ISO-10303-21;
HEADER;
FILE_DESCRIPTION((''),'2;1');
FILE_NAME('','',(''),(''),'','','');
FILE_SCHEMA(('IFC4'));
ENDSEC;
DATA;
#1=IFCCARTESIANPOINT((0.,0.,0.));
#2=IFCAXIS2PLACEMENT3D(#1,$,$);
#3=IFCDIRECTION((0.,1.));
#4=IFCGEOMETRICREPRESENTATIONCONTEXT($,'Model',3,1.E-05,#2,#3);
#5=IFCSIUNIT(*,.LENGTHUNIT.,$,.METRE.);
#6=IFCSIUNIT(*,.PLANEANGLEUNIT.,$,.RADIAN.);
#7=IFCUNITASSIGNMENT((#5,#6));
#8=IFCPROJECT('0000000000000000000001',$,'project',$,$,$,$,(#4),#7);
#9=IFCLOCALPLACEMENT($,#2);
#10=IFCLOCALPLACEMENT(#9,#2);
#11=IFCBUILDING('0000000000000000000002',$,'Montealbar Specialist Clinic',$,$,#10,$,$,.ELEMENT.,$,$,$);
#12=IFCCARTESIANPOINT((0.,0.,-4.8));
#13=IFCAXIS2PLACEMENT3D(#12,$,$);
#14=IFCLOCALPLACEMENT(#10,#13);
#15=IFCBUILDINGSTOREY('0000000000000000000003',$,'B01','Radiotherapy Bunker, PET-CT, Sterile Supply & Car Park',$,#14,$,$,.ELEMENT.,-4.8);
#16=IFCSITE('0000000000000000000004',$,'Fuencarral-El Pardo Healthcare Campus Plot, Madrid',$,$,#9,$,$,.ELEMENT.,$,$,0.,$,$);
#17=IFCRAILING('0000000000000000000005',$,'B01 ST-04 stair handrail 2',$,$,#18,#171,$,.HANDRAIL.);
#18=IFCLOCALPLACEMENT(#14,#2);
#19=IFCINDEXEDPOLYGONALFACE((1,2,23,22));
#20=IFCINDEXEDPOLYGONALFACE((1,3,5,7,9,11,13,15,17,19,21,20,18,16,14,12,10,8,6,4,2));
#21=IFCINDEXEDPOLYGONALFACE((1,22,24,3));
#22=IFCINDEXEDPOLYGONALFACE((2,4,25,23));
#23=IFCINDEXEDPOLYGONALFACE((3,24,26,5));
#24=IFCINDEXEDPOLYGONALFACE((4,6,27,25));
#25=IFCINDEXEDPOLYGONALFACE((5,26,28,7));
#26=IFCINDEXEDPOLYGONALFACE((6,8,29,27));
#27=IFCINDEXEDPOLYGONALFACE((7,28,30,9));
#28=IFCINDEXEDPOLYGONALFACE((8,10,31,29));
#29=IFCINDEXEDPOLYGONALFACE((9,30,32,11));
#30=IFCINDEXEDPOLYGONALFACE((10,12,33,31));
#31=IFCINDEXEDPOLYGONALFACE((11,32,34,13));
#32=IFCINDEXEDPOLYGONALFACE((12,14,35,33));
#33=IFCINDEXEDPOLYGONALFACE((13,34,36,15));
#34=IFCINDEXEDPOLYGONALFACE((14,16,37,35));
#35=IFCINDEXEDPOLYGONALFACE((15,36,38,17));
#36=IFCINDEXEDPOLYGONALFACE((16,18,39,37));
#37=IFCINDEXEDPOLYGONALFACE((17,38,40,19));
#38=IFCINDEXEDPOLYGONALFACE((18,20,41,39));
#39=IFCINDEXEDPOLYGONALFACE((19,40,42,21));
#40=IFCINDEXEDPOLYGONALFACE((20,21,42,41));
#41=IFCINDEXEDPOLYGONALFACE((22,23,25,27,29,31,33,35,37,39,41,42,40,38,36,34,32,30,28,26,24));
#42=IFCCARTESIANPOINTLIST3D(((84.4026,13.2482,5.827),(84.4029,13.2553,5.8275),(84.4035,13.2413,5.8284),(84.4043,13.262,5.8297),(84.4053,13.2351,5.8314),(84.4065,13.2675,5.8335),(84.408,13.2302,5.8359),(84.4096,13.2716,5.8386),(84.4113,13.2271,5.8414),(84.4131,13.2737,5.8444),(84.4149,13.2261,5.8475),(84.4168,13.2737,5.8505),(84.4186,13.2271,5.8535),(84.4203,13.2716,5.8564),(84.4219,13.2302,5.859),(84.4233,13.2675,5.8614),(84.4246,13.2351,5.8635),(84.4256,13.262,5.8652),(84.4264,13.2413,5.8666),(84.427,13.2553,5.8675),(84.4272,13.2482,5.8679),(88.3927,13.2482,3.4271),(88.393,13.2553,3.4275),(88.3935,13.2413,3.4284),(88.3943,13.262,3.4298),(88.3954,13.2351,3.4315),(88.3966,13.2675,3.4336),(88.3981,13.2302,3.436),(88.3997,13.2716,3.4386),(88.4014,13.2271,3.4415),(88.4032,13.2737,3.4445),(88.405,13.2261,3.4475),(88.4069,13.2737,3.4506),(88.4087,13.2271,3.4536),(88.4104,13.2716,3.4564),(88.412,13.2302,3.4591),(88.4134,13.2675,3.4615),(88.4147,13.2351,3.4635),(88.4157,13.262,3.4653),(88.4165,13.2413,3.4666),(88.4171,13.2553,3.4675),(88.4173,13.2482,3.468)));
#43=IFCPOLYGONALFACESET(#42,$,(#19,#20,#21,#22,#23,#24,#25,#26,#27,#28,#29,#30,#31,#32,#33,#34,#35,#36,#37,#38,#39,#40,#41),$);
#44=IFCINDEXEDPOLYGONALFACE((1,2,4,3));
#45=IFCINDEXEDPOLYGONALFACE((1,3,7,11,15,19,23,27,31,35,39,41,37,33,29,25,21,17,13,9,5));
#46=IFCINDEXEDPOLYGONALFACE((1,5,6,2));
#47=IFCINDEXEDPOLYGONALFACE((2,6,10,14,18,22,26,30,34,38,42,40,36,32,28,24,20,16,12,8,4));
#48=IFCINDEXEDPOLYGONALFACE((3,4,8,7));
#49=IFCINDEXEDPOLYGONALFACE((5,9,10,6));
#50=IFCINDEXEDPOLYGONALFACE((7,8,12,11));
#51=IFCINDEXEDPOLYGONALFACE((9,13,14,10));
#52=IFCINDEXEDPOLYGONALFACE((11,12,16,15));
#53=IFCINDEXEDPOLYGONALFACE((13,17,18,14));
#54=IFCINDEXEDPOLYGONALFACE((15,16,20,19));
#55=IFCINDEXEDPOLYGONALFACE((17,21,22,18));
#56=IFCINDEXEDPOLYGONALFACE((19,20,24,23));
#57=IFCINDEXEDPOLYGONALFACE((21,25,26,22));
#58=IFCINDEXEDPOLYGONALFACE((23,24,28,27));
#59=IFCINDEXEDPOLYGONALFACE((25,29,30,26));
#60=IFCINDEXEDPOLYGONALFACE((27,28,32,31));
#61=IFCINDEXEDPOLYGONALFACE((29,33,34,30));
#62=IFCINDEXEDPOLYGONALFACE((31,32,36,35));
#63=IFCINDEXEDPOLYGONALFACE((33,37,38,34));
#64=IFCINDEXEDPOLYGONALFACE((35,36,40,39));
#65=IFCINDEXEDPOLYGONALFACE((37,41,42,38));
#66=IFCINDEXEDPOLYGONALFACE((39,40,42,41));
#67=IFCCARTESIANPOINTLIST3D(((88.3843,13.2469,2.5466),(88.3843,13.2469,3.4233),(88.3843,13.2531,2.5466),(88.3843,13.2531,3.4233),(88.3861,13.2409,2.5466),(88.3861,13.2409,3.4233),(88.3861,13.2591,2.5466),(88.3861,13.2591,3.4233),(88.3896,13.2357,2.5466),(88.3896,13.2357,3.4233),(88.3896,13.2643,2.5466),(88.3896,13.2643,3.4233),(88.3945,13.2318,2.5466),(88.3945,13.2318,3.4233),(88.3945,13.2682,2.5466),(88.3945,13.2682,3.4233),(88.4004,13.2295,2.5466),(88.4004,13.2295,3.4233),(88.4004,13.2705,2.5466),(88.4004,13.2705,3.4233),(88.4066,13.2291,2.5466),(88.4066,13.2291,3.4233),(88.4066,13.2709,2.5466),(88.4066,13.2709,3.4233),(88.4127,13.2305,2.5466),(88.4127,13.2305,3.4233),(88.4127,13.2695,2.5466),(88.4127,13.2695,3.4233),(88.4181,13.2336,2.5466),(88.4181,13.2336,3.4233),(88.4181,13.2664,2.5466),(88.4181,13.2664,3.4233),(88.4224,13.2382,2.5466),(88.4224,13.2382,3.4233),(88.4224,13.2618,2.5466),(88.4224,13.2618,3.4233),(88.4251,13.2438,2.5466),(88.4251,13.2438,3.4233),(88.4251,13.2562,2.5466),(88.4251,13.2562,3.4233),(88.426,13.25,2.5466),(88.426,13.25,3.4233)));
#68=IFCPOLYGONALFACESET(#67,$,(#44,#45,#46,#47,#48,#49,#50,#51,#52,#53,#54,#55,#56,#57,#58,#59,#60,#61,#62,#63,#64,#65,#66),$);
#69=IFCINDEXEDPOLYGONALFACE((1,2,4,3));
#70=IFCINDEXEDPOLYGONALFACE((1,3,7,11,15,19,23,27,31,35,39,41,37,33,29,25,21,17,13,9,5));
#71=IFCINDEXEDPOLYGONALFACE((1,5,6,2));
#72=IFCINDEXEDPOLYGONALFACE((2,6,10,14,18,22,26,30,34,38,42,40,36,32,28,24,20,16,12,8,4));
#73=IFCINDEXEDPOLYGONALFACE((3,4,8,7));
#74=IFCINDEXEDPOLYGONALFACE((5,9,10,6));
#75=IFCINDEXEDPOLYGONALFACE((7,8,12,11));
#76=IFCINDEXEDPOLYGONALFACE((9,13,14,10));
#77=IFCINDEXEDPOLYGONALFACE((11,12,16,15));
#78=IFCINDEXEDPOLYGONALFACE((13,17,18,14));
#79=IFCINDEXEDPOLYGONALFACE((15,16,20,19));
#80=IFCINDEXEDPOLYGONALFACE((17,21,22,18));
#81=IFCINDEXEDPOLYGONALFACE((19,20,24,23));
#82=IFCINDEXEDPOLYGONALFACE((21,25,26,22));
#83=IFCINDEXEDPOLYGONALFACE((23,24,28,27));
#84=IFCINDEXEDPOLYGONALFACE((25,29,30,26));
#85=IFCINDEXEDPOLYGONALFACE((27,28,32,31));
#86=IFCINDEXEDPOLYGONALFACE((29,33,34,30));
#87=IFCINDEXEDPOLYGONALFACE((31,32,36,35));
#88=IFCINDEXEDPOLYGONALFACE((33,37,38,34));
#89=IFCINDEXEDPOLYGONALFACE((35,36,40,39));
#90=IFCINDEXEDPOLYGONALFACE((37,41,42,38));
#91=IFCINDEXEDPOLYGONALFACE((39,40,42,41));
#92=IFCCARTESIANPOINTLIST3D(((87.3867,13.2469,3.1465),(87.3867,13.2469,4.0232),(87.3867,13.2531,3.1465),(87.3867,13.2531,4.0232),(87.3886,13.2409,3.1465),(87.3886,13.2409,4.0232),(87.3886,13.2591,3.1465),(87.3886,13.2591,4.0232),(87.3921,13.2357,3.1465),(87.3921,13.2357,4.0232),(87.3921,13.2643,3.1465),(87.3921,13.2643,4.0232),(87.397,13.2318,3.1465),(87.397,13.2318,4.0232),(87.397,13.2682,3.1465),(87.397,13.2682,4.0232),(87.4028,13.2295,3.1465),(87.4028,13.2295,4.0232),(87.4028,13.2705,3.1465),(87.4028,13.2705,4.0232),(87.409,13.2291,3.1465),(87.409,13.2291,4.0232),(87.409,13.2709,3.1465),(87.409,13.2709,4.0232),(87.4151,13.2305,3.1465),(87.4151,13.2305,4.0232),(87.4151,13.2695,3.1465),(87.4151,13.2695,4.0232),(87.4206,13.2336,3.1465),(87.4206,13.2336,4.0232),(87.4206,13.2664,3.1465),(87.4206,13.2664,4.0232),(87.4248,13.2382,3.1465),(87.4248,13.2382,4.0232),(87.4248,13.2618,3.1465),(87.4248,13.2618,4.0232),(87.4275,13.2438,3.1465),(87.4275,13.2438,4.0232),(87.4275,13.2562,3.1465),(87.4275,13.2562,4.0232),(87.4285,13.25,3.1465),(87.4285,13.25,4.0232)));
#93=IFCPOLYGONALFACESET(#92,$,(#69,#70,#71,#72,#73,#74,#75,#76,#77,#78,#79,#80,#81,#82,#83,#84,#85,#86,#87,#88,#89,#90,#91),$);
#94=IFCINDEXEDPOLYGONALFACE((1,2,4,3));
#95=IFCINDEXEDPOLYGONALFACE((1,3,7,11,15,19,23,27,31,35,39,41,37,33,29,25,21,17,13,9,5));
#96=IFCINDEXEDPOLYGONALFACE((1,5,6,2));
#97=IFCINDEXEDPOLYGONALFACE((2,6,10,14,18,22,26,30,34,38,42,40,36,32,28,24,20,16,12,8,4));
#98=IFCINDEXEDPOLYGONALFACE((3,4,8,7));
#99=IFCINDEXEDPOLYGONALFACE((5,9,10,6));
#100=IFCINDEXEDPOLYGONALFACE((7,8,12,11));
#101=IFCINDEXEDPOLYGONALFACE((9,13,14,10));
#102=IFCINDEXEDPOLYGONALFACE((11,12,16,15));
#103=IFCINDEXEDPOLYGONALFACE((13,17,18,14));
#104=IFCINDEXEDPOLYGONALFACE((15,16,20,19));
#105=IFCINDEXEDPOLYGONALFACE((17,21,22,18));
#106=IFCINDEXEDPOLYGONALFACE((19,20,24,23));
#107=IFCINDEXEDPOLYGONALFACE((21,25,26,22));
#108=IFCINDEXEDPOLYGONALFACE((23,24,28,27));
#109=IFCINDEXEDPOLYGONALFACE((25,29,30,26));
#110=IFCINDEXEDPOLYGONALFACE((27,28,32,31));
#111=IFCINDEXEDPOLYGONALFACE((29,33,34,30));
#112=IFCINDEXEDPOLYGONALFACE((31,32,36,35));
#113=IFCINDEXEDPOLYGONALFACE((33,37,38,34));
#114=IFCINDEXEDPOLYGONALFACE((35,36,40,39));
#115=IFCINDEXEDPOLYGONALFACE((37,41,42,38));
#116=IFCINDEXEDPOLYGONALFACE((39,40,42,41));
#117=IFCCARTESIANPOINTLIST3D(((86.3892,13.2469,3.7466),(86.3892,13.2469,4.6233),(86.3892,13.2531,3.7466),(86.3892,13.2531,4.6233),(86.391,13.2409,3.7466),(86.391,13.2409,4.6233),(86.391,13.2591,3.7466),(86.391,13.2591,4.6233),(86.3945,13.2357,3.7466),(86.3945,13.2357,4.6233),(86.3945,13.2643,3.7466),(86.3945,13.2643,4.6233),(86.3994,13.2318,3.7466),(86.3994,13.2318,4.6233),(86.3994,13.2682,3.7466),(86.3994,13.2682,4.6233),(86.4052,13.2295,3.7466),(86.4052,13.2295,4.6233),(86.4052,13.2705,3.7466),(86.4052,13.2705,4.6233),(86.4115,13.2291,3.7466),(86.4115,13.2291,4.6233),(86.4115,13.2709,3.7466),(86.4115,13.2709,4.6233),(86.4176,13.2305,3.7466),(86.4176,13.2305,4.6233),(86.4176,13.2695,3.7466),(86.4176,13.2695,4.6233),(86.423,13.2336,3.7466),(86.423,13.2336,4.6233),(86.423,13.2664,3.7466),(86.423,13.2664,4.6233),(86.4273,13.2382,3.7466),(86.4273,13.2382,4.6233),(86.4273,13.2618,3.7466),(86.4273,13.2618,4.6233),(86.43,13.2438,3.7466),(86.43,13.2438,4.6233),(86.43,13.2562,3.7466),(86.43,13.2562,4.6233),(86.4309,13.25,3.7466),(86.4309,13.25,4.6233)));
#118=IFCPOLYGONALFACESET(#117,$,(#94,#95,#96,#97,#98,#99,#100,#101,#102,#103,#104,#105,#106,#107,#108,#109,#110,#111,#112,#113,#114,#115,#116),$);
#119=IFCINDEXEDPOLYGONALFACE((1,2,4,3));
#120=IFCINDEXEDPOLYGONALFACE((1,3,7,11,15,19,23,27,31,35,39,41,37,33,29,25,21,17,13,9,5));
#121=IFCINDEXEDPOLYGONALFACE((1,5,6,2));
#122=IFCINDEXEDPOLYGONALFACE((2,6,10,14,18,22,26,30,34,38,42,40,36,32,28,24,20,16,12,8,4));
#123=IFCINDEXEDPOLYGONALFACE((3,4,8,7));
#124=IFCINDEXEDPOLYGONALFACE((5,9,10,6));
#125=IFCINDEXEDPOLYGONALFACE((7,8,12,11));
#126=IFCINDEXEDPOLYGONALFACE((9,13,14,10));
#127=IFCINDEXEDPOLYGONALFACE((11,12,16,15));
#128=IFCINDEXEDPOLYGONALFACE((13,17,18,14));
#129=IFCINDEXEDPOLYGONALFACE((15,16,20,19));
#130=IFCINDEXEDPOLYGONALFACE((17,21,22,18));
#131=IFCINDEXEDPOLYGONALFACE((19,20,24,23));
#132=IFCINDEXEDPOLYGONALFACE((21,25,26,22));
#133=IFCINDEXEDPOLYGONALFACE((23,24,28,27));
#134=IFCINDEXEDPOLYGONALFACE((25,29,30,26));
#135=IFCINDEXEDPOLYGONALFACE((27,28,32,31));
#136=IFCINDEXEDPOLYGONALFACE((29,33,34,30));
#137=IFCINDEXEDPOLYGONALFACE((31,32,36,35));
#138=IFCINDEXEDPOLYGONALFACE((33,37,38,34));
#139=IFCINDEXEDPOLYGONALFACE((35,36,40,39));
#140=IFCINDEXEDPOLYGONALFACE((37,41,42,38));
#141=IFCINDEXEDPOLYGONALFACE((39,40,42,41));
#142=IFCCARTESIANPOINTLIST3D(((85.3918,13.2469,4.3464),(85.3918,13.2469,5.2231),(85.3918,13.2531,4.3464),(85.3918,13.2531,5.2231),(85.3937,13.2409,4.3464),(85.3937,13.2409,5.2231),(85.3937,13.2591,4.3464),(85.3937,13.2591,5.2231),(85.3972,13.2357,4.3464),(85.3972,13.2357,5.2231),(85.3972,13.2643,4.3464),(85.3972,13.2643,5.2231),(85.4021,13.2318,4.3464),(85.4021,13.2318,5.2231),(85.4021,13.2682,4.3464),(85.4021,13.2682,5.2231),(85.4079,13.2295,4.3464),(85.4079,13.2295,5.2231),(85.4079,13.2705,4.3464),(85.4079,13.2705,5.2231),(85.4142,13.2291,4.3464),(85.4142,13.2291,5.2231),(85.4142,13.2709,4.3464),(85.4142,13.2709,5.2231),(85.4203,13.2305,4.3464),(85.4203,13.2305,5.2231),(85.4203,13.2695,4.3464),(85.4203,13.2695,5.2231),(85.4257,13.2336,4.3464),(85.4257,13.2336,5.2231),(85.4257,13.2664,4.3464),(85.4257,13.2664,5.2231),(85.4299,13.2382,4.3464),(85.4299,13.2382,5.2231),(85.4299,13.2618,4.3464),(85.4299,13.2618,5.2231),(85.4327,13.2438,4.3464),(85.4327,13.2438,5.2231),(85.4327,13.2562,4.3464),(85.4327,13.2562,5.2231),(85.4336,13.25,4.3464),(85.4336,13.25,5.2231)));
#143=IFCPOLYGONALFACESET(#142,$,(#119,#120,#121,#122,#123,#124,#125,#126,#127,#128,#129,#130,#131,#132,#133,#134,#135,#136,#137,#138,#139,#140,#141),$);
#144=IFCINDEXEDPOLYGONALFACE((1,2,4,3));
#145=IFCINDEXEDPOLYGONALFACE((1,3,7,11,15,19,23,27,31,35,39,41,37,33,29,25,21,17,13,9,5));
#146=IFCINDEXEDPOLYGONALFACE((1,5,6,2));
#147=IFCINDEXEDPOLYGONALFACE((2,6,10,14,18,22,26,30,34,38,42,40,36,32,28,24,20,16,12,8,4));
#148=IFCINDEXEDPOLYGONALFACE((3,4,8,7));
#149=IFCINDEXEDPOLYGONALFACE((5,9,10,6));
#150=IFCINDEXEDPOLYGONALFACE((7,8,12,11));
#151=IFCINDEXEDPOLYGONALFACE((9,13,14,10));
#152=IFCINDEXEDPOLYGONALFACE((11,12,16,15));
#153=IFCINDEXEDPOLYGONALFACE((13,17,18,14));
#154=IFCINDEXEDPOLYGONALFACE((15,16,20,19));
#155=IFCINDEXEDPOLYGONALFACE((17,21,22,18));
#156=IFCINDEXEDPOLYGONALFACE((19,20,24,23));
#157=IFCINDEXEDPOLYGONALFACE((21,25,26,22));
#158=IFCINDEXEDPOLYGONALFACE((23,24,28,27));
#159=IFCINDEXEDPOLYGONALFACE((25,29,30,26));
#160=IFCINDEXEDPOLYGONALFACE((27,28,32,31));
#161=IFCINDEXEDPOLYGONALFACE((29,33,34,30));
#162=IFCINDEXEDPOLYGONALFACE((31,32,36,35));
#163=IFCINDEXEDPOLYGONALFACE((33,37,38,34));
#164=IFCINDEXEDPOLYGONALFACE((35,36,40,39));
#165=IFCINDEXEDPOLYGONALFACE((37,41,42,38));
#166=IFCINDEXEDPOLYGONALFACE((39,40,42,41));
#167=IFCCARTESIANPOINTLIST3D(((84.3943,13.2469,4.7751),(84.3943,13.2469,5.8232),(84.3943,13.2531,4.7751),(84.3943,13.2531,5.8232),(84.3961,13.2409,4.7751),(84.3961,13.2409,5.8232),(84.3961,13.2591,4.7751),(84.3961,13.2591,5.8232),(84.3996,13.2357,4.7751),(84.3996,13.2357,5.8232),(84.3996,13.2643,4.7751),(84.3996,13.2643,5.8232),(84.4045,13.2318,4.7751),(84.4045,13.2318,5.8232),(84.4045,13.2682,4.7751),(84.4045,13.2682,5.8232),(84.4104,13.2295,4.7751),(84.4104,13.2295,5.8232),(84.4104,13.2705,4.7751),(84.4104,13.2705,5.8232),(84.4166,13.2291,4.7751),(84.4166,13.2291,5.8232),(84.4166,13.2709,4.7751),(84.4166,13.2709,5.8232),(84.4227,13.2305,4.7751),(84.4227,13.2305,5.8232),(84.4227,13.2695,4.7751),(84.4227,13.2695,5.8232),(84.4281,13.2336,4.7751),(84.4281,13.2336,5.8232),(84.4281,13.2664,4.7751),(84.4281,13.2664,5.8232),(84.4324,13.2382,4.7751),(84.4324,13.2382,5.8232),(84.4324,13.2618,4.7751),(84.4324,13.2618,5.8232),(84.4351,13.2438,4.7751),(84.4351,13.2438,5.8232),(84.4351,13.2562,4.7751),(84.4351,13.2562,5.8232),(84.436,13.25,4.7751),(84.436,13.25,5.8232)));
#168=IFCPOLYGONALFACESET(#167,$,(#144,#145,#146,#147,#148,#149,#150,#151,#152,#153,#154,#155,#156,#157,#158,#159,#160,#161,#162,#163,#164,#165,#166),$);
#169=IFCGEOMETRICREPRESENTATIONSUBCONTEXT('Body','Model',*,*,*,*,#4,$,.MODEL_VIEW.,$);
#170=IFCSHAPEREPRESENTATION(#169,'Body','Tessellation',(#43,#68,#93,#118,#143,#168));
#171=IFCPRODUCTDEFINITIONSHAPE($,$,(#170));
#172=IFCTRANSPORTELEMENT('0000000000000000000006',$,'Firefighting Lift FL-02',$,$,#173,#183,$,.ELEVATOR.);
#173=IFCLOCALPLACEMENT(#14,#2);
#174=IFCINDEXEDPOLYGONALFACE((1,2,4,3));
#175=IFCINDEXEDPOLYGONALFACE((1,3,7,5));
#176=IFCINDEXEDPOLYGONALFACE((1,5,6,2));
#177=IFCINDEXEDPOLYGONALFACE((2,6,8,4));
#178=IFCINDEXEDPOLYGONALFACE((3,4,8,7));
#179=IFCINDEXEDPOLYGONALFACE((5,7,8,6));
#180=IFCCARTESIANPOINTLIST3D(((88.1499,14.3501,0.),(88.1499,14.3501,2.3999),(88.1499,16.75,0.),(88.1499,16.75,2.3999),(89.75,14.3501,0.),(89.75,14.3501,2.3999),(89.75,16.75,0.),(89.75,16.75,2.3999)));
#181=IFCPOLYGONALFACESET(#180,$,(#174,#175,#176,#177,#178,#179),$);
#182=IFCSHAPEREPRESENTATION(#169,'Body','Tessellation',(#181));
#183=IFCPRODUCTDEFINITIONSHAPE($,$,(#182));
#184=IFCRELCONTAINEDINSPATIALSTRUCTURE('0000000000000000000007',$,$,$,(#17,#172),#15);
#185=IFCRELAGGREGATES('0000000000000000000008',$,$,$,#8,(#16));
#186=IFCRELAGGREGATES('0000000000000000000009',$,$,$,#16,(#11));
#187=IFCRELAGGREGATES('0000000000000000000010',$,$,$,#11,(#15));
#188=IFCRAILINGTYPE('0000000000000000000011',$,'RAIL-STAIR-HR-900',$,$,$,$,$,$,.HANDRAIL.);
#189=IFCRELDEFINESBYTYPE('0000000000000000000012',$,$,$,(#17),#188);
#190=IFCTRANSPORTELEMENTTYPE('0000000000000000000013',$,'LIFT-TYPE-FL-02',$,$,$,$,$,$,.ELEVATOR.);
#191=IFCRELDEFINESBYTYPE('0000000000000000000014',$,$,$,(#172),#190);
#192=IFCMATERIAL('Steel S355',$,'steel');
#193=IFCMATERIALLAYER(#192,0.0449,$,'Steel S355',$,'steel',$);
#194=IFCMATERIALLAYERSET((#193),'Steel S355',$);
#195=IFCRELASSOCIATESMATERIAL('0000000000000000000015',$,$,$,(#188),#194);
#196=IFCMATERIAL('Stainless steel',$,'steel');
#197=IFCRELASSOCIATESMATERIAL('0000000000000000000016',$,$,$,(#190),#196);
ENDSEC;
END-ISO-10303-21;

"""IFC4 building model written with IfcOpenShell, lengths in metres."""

from ifc_helpers import new_model, si_unit, direction, frame, origin, origin_2d, place, context, subcontext, project, spatial, rectangle, circle, extrude, material, layer, layer_set, type_object, element, save


model = new_model("IFC4")

# Units and contexts
model_context = context("Model", 3, precision=1e-05, world=origin(), true_north=direction((0.0, 1.0)))
body_context = subcontext(model_context, "Body", "Model", "MODEL_VIEW")
ifc_project = project(units=[si_unit("LENGTHUNIT", "METRE"), si_unit("PLANEANGLEUNIT", "RADIAN")], contexts=[model_context])

# Site, building, storey
site_placement = place(None, origin())
site = spatial("IfcSite", under=ifc_project, at=site_placement, Name="Fuencarral-El Pardo Healthcare Campus Plot, Madrid", CompositionType="ELEMENT", RefElevation=0.0)
building_placement = place(site_placement, origin())
building = spatial("IfcBuilding", under=site, at=building_placement, Name="Montealbar Specialist Clinic", CompositionType="ELEMENT")
storey_placement = place(building_placement, frame((0.0, 0.0, -4.8)))
storey = spatial("IfcBuildingStorey", under=building, at=storey_placement, Name="B01", Description="Radiotherapy Bunker, PET-CT, Sterile Supply & Car Park", CompositionType="ELEMENT", Elevation=-4.8)

# Shared definitions
ifc_material_1 = material(Name="Steel S355", Category="steel")

# Railing
ifc_layer_1 = layer(ifc_material_1, 0.0449, Name="Steel S355", Category="steel")
ifc_layer_set_1 = layer_set([ifc_layer_1], Name="Steel S355")
railing_type_1 = type_object("IfcRailingType", Name="RAIL-STAIR-HR-900", PredefinedType="HANDRAIL", material=ifc_layer_set_1)
railing_1_placement = place(storey_placement, frame((88.405, 13.25, 2.5715)))
element("IfcRailing", 1, at=railing_1_placement, inside=storey, type_object=railing_type_1, Name="B01 ST-04 stair handrail 2", PredefinedType="HANDRAIL", context=body_context, shape_type="SweptSolid", body=[
    extrude(circle(Radius=0.0239, at=origin_2d()), frame((0.0, 0.0, 0.876), z_axis=(-0.856933, 0.0, 0.515428), x_axis=(0.0, -1.0, 0.0)), (0.0, 0.0, 1.0), 4.6562),
    extrude(circle(Radius=0.021, at=origin_2d()), frame((0.0, 0.0, -0.0249)), (0.0, 0.0, 1.0), 0.8767),
    extrude(circle(Radius=0.021, at=origin_2d()), frame((-0.9976, 0.0, 0.575)), (0.0, 0.0, 1.0), 0.8767),
    extrude(circle(Radius=0.021, at=origin_2d()), frame((-1.9951, 0.0, 1.175)), (0.0, 0.0, 1.0), 0.8767),
    extrude(circle(Radius=0.021, at=origin_2d()), frame((-2.9924, 0.0, 1.7749)), (0.0, 0.0, 1.0), 0.8767),
    extrude(circle(Radius=0.021, at=origin_2d()), frame((-3.99, 0.0, 2.2036)), (0.0, 0.0, 1.0), 1.0481),
])

# Transport element
ifc_material_2 = material(Name="Stainless steel", Category="steel")
transport_element_type = type_object("IfcTransportElementType", Name="LIFT-TYPE-FL-02", PredefinedType="ELEVATOR", material=ifc_material_2)
transport_element_placement = place(storey_placement, frame((88.95, 15.55, 0.0), z_axis=(0.0, 0.0, 1.0), x_axis=(1.0, 0.0, 0.0)))
element("IfcTransportElement", 2, at=transport_element_placement, inside=storey, type_object=transport_element_type, Name="Firefighting Lift FL-02", PredefinedType="ELEVATOR", context=body_context, shape_type="SweptSolid", body=[
    extrude(rectangle(XDim=1.6001, YDim=2.3999, at=origin_2d()), origin(), (0.0, 0.0, 1.0), 2.3999),
])

save(model, "model.ifc")
